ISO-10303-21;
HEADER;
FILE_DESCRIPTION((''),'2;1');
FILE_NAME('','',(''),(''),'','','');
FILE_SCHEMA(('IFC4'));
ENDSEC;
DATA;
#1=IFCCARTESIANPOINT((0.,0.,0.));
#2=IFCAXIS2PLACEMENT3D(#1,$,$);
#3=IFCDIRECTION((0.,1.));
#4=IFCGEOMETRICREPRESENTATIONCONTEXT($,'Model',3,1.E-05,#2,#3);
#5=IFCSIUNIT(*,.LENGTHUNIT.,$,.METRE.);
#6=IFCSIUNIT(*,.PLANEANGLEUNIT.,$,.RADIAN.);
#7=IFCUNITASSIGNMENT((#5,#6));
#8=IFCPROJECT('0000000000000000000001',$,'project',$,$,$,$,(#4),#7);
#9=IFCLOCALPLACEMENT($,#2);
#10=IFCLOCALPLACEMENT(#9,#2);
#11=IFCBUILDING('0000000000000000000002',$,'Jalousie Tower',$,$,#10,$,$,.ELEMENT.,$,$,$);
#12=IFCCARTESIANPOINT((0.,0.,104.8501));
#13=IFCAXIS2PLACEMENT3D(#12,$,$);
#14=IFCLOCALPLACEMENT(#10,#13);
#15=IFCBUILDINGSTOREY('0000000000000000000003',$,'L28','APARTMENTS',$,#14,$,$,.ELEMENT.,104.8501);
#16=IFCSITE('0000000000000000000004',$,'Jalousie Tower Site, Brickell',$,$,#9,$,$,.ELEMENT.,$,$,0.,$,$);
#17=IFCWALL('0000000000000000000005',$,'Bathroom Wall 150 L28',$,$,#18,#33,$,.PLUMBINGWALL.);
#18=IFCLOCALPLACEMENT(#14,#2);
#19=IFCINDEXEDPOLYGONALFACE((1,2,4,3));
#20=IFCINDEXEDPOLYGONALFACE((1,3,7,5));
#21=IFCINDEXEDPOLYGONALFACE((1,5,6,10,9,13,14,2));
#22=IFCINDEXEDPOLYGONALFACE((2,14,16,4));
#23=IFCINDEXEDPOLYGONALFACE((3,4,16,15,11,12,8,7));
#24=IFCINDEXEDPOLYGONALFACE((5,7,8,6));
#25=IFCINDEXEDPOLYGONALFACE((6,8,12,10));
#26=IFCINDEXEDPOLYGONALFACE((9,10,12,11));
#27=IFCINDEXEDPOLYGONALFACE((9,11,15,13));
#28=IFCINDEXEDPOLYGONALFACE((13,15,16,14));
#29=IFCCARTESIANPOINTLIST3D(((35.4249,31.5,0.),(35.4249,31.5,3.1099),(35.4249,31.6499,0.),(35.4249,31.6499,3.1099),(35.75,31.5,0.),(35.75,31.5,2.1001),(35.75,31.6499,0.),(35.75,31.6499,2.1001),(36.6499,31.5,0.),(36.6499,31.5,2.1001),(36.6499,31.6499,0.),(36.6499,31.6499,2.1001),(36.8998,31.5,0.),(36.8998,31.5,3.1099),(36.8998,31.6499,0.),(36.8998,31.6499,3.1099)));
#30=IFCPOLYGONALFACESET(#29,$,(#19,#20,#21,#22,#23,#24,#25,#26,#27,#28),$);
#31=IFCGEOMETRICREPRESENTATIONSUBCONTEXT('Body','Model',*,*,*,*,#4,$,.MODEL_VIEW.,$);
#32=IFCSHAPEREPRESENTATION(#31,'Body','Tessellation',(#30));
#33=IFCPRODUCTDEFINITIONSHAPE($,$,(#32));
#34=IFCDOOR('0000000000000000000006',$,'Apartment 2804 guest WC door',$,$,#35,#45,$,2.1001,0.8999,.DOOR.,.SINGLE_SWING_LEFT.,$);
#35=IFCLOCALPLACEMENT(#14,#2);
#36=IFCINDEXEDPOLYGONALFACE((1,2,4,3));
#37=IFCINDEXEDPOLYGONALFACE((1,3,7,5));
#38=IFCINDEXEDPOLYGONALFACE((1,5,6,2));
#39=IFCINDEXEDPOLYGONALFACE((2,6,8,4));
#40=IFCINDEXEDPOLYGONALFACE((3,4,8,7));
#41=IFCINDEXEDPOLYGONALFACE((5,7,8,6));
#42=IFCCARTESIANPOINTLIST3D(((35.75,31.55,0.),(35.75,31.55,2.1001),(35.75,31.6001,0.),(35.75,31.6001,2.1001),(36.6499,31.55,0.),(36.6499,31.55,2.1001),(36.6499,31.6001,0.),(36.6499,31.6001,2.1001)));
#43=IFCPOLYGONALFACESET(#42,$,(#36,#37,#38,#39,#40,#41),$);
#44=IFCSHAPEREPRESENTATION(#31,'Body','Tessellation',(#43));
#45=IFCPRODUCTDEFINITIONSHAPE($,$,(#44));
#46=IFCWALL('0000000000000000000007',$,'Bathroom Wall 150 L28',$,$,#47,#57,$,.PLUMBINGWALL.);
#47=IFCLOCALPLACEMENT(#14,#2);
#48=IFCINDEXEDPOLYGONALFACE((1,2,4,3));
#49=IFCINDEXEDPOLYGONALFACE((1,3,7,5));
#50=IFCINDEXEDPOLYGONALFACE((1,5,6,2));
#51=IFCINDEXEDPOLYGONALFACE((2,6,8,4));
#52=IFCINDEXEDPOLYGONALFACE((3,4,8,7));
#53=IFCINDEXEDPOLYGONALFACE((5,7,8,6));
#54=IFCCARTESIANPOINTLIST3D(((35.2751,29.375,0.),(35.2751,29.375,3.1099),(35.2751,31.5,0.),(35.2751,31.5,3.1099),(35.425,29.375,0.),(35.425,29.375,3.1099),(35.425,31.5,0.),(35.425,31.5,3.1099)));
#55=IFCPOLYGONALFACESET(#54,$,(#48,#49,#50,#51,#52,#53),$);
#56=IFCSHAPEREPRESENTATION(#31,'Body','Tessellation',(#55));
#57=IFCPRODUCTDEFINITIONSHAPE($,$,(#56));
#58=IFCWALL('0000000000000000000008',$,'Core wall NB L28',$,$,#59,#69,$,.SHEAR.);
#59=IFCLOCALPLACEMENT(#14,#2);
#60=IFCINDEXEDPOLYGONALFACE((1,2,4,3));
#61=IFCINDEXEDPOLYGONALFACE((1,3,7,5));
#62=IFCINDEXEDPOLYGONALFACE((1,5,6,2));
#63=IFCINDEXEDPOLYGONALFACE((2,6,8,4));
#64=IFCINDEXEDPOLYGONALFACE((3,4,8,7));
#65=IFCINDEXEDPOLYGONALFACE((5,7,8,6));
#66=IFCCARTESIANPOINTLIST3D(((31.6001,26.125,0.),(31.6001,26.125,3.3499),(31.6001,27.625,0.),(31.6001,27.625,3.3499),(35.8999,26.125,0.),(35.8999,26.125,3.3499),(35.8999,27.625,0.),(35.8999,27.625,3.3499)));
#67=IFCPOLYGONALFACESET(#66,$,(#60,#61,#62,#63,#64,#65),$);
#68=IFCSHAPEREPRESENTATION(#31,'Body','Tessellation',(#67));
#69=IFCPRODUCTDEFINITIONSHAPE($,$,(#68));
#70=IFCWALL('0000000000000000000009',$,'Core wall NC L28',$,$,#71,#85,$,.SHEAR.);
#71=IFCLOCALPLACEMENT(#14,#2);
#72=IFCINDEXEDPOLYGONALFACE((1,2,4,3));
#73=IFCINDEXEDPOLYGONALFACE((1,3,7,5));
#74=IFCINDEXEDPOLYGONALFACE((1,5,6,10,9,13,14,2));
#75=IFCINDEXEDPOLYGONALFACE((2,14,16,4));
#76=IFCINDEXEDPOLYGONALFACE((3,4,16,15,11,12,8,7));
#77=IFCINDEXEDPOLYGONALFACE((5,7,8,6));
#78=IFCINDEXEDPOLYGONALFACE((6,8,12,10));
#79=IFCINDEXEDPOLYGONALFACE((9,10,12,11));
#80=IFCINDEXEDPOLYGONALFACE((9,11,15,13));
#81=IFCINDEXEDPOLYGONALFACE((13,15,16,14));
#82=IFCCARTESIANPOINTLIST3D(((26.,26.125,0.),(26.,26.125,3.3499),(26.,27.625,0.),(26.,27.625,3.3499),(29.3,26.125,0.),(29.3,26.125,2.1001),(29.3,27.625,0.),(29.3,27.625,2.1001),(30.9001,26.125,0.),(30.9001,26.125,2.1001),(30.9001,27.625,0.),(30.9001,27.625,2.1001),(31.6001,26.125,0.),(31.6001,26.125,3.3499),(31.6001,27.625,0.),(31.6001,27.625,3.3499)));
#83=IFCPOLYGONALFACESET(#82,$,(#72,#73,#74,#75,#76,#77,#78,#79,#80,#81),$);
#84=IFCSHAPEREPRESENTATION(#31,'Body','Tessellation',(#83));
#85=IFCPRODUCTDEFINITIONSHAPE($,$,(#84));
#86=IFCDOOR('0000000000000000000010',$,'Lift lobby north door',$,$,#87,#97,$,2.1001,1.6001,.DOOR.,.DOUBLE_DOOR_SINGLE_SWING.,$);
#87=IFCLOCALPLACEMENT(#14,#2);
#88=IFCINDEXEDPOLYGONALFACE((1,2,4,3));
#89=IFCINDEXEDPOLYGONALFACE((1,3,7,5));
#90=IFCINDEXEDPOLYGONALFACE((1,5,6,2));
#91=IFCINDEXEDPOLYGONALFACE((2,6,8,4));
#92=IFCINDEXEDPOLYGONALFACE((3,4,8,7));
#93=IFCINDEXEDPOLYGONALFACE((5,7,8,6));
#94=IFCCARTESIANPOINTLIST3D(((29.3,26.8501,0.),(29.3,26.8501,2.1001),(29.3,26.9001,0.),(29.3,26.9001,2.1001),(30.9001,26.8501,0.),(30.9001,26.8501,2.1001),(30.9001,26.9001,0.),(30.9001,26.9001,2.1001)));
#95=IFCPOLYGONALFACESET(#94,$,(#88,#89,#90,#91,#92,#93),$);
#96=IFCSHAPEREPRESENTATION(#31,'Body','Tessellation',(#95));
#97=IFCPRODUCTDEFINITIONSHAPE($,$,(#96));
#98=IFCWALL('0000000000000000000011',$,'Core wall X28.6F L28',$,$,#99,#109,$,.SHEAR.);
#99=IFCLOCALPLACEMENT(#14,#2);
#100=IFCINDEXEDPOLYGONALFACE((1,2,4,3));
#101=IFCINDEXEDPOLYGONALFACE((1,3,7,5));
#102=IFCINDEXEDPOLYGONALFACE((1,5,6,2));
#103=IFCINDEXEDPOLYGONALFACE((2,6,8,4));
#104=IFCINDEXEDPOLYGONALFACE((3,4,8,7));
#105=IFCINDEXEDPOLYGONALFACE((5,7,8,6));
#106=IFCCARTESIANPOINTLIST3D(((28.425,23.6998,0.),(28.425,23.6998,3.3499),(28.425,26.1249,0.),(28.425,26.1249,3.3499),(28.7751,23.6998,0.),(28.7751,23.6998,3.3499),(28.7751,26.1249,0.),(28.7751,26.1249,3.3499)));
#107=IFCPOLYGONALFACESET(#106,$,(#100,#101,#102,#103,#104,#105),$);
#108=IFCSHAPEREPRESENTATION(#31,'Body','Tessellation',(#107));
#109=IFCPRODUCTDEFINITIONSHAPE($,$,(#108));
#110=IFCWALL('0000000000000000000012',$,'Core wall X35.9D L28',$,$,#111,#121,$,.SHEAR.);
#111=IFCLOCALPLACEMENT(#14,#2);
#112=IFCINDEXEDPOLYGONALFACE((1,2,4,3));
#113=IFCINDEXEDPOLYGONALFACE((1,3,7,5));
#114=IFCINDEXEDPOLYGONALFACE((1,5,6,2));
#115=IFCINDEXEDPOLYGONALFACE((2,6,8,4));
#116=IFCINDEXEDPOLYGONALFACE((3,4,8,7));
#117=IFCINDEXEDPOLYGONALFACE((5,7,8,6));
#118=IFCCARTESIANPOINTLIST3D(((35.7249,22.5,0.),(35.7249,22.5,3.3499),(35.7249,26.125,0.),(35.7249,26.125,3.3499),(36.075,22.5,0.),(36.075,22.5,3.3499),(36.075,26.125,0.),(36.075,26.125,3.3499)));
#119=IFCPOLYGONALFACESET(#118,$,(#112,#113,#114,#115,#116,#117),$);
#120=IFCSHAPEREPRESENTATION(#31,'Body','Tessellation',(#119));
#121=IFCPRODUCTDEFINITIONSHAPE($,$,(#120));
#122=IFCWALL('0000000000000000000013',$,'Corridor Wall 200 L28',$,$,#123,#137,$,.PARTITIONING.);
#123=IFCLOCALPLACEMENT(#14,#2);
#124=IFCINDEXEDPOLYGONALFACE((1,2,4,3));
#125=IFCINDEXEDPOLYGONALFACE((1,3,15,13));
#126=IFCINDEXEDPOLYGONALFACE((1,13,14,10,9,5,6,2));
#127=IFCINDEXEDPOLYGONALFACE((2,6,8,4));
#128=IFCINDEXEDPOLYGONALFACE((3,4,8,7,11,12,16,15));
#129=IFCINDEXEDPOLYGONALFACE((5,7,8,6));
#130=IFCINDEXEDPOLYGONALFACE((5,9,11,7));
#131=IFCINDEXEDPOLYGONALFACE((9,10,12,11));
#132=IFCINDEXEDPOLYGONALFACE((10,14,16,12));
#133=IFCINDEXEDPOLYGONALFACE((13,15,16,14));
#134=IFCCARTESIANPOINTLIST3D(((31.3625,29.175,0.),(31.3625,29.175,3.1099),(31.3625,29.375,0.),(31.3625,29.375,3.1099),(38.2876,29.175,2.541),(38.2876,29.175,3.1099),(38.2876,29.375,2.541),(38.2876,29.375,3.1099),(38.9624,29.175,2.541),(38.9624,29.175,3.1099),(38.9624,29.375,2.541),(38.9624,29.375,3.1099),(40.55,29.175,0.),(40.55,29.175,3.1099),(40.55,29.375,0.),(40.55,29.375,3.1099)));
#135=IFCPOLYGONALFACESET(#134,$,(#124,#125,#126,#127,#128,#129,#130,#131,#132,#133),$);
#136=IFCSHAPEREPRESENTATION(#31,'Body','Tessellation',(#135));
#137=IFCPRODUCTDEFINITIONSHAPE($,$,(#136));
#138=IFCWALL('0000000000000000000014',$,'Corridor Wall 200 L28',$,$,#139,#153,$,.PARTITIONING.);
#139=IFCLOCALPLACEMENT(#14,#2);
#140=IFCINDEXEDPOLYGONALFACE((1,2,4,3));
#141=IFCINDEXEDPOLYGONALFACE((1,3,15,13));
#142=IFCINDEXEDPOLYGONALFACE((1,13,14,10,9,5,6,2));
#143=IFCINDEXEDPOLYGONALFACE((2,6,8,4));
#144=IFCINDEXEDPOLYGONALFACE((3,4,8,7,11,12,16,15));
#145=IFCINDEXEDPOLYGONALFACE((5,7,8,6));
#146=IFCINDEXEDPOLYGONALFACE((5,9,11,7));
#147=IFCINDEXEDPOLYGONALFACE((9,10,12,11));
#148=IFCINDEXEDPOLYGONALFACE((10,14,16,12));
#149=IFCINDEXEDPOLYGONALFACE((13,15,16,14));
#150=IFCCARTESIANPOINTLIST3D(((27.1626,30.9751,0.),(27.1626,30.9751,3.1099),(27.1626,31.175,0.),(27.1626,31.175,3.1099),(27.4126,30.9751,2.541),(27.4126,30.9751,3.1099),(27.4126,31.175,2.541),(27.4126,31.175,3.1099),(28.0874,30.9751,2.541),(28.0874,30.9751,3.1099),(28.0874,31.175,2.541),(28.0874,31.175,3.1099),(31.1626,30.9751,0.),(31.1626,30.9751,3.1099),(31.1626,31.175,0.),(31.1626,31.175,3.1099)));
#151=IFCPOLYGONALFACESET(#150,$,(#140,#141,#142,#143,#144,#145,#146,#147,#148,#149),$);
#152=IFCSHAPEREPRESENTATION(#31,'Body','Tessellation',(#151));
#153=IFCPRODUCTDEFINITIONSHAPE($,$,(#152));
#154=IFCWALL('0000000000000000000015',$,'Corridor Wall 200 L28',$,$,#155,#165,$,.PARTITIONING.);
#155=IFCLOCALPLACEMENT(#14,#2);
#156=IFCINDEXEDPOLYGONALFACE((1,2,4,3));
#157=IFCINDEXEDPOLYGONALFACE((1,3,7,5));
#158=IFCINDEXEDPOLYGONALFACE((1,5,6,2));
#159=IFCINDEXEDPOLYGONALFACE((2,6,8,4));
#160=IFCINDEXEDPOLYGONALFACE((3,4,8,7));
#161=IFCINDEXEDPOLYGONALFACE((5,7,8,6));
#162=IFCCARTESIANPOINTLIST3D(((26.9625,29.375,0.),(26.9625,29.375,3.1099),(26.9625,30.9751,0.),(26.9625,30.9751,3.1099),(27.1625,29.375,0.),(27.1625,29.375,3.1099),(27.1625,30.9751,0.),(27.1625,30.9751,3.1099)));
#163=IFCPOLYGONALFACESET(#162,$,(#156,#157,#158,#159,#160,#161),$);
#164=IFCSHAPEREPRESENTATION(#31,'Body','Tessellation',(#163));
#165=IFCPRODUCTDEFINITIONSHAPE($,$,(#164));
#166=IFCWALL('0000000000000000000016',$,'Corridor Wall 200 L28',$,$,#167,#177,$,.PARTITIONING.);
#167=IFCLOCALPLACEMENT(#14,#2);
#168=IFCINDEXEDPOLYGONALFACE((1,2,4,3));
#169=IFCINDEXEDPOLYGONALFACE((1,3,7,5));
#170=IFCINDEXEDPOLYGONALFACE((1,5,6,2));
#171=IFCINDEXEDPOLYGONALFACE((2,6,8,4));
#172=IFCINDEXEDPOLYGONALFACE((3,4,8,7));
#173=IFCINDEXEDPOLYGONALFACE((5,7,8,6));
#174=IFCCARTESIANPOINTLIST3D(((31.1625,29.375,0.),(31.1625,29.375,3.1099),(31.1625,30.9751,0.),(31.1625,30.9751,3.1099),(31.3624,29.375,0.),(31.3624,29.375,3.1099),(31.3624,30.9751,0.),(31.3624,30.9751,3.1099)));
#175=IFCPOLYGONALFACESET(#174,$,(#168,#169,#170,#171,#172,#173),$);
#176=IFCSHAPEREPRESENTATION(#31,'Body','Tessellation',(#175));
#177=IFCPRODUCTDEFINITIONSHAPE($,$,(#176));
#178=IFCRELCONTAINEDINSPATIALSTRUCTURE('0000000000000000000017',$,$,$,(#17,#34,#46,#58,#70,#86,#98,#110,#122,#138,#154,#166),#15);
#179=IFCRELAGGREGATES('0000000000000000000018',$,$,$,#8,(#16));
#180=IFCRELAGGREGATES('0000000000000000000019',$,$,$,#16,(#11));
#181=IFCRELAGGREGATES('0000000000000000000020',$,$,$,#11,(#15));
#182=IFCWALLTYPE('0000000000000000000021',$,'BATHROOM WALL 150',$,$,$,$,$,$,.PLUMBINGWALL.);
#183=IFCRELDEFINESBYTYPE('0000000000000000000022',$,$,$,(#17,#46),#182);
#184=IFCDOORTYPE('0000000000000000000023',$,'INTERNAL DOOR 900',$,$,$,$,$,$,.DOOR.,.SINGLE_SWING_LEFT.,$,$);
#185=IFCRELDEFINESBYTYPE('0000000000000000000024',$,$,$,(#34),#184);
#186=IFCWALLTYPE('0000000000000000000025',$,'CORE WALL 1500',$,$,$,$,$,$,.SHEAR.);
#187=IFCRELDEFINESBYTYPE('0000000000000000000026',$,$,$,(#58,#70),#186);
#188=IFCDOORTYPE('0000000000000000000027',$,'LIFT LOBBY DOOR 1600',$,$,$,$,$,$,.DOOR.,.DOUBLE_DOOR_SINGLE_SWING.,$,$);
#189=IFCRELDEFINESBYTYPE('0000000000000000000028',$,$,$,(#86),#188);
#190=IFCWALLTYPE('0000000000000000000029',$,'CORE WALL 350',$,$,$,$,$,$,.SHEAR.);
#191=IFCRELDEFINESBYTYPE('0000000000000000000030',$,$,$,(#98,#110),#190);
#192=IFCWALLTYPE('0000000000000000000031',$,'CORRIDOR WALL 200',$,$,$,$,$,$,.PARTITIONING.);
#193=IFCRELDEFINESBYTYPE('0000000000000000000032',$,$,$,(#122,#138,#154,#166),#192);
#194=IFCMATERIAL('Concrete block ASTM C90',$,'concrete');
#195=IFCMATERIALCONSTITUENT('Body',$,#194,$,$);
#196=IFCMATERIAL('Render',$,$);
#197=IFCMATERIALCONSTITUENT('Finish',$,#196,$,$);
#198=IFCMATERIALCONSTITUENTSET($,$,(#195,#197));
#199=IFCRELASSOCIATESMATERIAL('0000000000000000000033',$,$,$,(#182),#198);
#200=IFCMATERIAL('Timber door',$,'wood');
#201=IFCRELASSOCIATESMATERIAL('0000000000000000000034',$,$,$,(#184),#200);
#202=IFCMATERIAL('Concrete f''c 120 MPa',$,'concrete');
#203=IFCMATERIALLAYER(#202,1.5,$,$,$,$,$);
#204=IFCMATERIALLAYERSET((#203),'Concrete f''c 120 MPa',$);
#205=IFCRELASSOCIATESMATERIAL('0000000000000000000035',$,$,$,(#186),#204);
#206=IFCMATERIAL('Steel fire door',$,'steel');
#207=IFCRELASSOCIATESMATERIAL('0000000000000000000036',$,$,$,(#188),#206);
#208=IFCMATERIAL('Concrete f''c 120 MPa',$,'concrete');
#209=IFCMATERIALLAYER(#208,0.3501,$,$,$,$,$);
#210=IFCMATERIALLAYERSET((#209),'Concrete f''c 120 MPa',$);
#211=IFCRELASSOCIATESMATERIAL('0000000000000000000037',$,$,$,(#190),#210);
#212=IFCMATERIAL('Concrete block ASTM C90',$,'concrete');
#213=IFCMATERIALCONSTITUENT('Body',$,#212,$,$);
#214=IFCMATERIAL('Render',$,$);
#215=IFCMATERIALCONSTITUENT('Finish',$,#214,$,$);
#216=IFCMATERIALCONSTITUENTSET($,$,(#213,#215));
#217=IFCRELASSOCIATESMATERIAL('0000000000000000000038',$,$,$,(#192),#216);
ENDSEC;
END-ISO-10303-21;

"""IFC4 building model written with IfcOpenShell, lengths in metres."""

from ifc_helpers import new_model, si_unit, direction, frame, frame_2d, origin, place, context, subcontext, project, spatial, polyline, rectangle, outline, extrude, material, layer, layer_set, constituent, constituent_set, type_object, element, fill, save


model = new_model("IFC4")

# Units and contexts
model_context = context("Model", 3, precision=1e-05, world=origin(), true_north=direction((0.0, 1.0)))
body_context = subcontext(model_context, "Body", "Model", "MODEL_VIEW")
ifc_project = project(units=[si_unit("LENGTHUNIT", "METRE"), si_unit("PLANEANGLEUNIT", "RADIAN")], contexts=[model_context])

# Site, building, storey
site_placement = place(None, origin())
site = spatial("IfcSite", under=ifc_project, at=site_placement, Name="Jalousie Tower Site, Brickell", CompositionType="ELEMENT", RefElevation=0.0)
building_placement = place(site_placement, origin())
building = spatial("IfcBuilding", under=site, at=building_placement, Name="Jalousie Tower", CompositionType="ELEMENT")
storey_placement = place(building_placement, frame((0.0, 0.0, 104.8501)))
storey = spatial("IfcBuildingStorey", under=building, at=storey_placement, Name="L28", Description="APARTMENTS", CompositionType="ELEMENT", Elevation=104.8501)

# Wall, opening, door
ifc_material_1 = material(Name="Concrete block ASTM C90", Category="concrete")
ifc_constituent_1 = constituent(ifc_material_1, Name="Body")
ifc_material_2 = material(Name="Render")
ifc_constituent_2 = constituent(ifc_material_2, Name="Finish")
ifc_constituent_set_1 = constituent_set(constituents=[ifc_constituent_1, ifc_constituent_2])
wall_type_1 = type_object("IfcWallType", Name="BATHROOM WALL 150", PredefinedType="PLUMBINGWALL", material=ifc_constituent_set_1)
wall_1_placement = place(storey_placement, frame((35.425, 31.575, 0.0), z_axis=(0.0, 0.0, 1.0), x_axis=(1.0, 0.0, 0.0)))
wall_1 = element("IfcWall", 1, at=wall_1_placement, inside=storey, type_object=wall_type_1, Name="Bathroom Wall 150 L28", PredefinedType="PLUMBINGWALL", context=body_context, shape_type="SweptSolid", body=[
    extrude(rectangle(XDim=1.4749, YDim=0.1499, at=frame_2d((0.7373, 0.0))), origin(), (0.0, 0.0, 1.0), 3.1099),
])
opening_1_placement = place(wall_1_placement, frame((0.325, 0.0, 0.0)))
opening_1 = element("IfcOpeningElement", 2, at=opening_1_placement, cuts=wall_1, PredefinedType="OPENING", context=body_context, shape_type="SweptSolid", body=[
    extrude(rectangle(XDim=0.8999, YDim=2.1001, at=frame_2d((0.45, 1.05))), frame((0.0, 0.085, 0.0), z_axis=(0.0, -1.0, 0.0), x_axis=(1.0, 0.0, 0.0)), (0.0, 0.0, 1.0), 0.1699),
])
ifc_material_3 = material(Name="Timber door", Category="wood")
door_type_1 = type_object("IfcDoorType", Name="INTERNAL DOOR 900", OperationType="SINGLE_SWING_LEFT", PredefinedType="DOOR", material=ifc_material_3)
door_1_placement = place(opening_1_placement, frame((0.8999, 0.0, 0.0), z_axis=(0.0, 0.0, 1.0), x_axis=(-1.0, 0.0, 0.0)))
door_1 = element("IfcDoor", 3, at=door_1_placement, inside=storey, type_object=door_type_1, Name="Apartment 2804 guest WC door", OperationType="SINGLE_SWING_LEFT", OverallHeight=2.1001, OverallWidth=0.8999, PredefinedType="DOOR", context=body_context, shape_type="SweptSolid", body=[
    extrude(rectangle(XDim=0.8999, YDim=2.1001, at=frame_2d((0.45, 1.05))), frame((0.0, 0.0249, 0.0), z_axis=(0.0, -1.0, 0.0), x_axis=(1.0, 0.0, 0.0)), (0.0, 0.0, 1.0), 0.05),
])
fill(opening_1, door_1)

# Walls
wall_2_placement = place(storey_placement, frame((35.3501, 31.5, 0.0), z_axis=(0.0, 0.0, 1.0), x_axis=(0.0, -1.0, 0.0)))
element("IfcWall", 4, at=wall_2_placement, inside=storey, type_object=wall_type_1, Name="Bathroom Wall 150 L28", PredefinedType="PLUMBINGWALL", context=body_context, shape_type="SweptSolid", body=[
    extrude(rectangle(XDim=2.125, YDim=0.1499, at=frame_2d((1.0625, 0.0))), origin(), (0.0, 0.0, 1.0), 3.1099),
])
ifc_material_4 = material(Name="Concrete f'c 120 MPa", Category="concrete")
ifc_layer_1 = layer(ifc_material_4, 1.5)
ifc_layer_set_1 = layer_set([ifc_layer_1], Name="Concrete f'c 120 MPa")
wall_type_2 = type_object("IfcWallType", Name="CORE WALL 1500", PredefinedType="SHEAR", material=ifc_layer_set_1)
wall_3_placement = place(storey_placement, frame((35.8999, 26.875, 0.0), z_axis=(0.0, 0.0, 1.0), x_axis=(-1.0, 0.0, 0.0)))
element("IfcWall", 5, at=wall_3_placement, inside=storey, type_object=wall_type_2, Name="Core wall NB L28", PredefinedType="SHEAR", context=body_context, shape_type="SweptSolid", body=[
    extrude(rectangle(XDim=4.2998, YDim=1.5, at=frame_2d((2.1499, 0.0))), origin(), (0.0, 0.0, 1.0), 3.3499),
])

# Wall, opening, door
wall_4_placement = place(storey_placement, frame((31.6001, 26.875, 0.0), z_axis=(0.0, 0.0, 1.0), x_axis=(-1.0, 0.0, 0.0)))
wall_4 = element("IfcWall", 6, at=wall_4_placement, inside=storey, type_object=wall_type_2, Name="Core wall NC L28", PredefinedType="SHEAR", context=body_context, shape_type="SweptSolid", body=[
    extrude(rectangle(XDim=5.6001, YDim=1.5, at=frame_2d((2.8, 0.0))), origin(), (0.0, 0.0, 1.0), 3.3499),
])
opening_2_placement = place(wall_4_placement, frame((0.7, 0.0, 0.0)))
opening_2 = element("IfcOpeningElement", 7, at=opening_2_placement, cuts=wall_4, PredefinedType="OPENING", context=body_context, shape_type="SweptSolid", body=[
    extrude(rectangle(XDim=1.6001, YDim=2.1001, at=frame_2d((0.8, 1.05))), frame((0.0, 0.76, 0.0), z_axis=(0.0, -1.0, 0.0), x_axis=(1.0, 0.0, 0.0)), (0.0, 0.0, 1.0), 1.52),
])
ifc_material_5 = material(Name="Steel fire door", Category="steel")
door_type_2 = type_object("IfcDoorType", Name="LIFT LOBBY DOOR 1600", OperationType="DOUBLE_DOOR_SINGLE_SWING", PredefinedType="DOOR", material=ifc_material_5)
door_2_placement = place(opening_2_placement, origin())
door_2 = element("IfcDoor", 8, at=door_2_placement, inside=storey, type_object=door_type_2, Name="Lift lobby north door", OperationType="DOUBLE_DOOR_SINGLE_SWING", OverallHeight=2.1001, OverallWidth=1.6001, PredefinedType="DOOR", context=body_context, shape_type="SweptSolid", body=[
    extrude(rectangle(XDim=1.6001, YDim=2.1001, at=frame_2d((0.8, 1.05))), frame((0.0, 0.0249, 0.0), z_axis=(0.0, -1.0, 0.0), x_axis=(1.0, 0.0, 0.0)), (0.0, 0.0, 1.0), 0.05),
])
fill(opening_2, door_2)

# Walls
ifc_material_6 = material(Name="Concrete f'c 120 MPa", Category="concrete")
ifc_layer_2 = layer(ifc_material_6, 0.3501)
ifc_layer_set_2 = layer_set([ifc_layer_2], Name="Concrete f'c 120 MPa")
wall_type_3 = type_object("IfcWallType", Name="CORE WALL 350", PredefinedType="SHEAR", material=ifc_layer_set_2)
wall_5_placement = place(storey_placement, frame((28.6001, 23.7, 0.0), z_axis=(0.0, 0.0, 1.0), x_axis=(0.0, 1.0, 0.0)))
element("IfcWall", 9, at=wall_5_placement, inside=storey, type_object=wall_type_3, Name="Core wall X28.6F L28", PredefinedType="SHEAR", context=body_context, shape_type="SweptSolid", body=[
    extrude(rectangle(XDim=2.425, YDim=0.3501, at=frame_2d((1.2124, 0.0))), origin(), (0.0, 0.0, 1.0), 3.3499),
])
wall_6_placement = place(storey_placement, frame((35.8999, 22.5, 0.0), z_axis=(0.0, 0.0, 1.0), x_axis=(0.0, 1.0, 0.0)))
element("IfcWall", 10, at=wall_6_placement, inside=storey, type_object=wall_type_3, Name="Core wall X35.9D L28", PredefinedType="SHEAR", context=body_context, shape_type="SweptSolid", body=[
    extrude(rectangle(XDim=3.625, YDim=0.3501, at=frame_2d((1.8125, 0.0))), origin(), (0.0, 0.0, 1.0), 3.3499),
])
ifc_material_7 = material(Name="Concrete block ASTM C90", Category="concrete")
ifc_constituent_3 = constituent(ifc_material_7, Name="Body")
ifc_material_8 = material(Name="Render")
ifc_constituent_4 = constituent(ifc_material_8, Name="Finish")
ifc_constituent_set_2 = constituent_set(constituents=[ifc_constituent_3, ifc_constituent_4])
wall_type_4 = type_object("IfcWallType", Name="CORRIDOR WALL 200", PredefinedType="PARTITIONING", material=ifc_constituent_set_2)
wall_7_placement = place(storey_placement, frame((31.3625, 29.2749, 0.0), z_axis=(0.0, 0.0, 1.0), x_axis=(1.0, 0.0, 0.0)))
element("IfcWall", 11, at=wall_7_placement, inside=storey, type_object=wall_type_4, Name="Corridor Wall 200 L28", PredefinedType="PARTITIONING", context=body_context, shape_type="SweptSolid", body=[
    extrude(outline(polyline([(0.0, 0.0), (9.1875, 0.0), (9.1875, 3.1099), (7.5999, 3.1099), (7.5999, 2.541), (6.925, 2.541), (6.925, 3.1099), (0.0, 3.1099), (0.0, 0.0)])), frame((0.0, 0.1001, 0.0), z_axis=(0.0, -1.0, 0.0), x_axis=(1.0, 0.0, 0.0)), (0.0, 0.0, 1.0), 0.2),
])
wall_8_placement = place(storey_placement, frame((27.1626, 31.075, 0.0), z_axis=(0.0, 0.0, 1.0), x_axis=(1.0, 0.0, 0.0)))
element("IfcWall", 12, at=wall_8_placement, inside=storey, type_object=wall_type_4, Name="Corridor Wall 200 L28", PredefinedType="PARTITIONING", context=body_context, shape_type="SweptSolid", body=[
    extrude(outline(polyline([(0.0, 0.0), (4.0, 0.0), (4.0, 3.1099), (0.9248, 3.1099), (0.9248, 2.541), (0.25, 2.541), (0.25, 3.1099), (0.0, 3.1099), (0.0, 0.0)])), frame((0.0, 0.1001, 0.0), z_axis=(0.0, -1.0, 0.0), x_axis=(1.0, 0.0, 0.0)), (0.0, 0.0, 1.0), 0.2),
])
for number, where, z_axis, x_axis, name in (
    (13, (27.0625, 29.375, 0.0), (0.0, 0.0, 1.0), (0.0, 1.0, 0.0), "Corridor Wall 200 L28"),
    (14, (31.2625, 29.375, 0.0), (0.0, 0.0, 1.0), (0.0, 1.0, 0.0), "Corridor Wall 200 L28"),
):
    element("IfcWall", number, at=place(storey_placement, frame(where, z_axis=z_axis, x_axis=x_axis)), inside=storey, type_object=wall_type_4, Name=name, PredefinedType="PARTITIONING", context=body_context, shape_type="SweptSolid", body=[
        extrude(rectangle(XDim=1.6001, YDim=0.2, at=frame_2d((0.8, 0.0))), origin(), (0.0, 0.0, 1.0), 3.1099),
    ])

save(model, "model.ifc")
